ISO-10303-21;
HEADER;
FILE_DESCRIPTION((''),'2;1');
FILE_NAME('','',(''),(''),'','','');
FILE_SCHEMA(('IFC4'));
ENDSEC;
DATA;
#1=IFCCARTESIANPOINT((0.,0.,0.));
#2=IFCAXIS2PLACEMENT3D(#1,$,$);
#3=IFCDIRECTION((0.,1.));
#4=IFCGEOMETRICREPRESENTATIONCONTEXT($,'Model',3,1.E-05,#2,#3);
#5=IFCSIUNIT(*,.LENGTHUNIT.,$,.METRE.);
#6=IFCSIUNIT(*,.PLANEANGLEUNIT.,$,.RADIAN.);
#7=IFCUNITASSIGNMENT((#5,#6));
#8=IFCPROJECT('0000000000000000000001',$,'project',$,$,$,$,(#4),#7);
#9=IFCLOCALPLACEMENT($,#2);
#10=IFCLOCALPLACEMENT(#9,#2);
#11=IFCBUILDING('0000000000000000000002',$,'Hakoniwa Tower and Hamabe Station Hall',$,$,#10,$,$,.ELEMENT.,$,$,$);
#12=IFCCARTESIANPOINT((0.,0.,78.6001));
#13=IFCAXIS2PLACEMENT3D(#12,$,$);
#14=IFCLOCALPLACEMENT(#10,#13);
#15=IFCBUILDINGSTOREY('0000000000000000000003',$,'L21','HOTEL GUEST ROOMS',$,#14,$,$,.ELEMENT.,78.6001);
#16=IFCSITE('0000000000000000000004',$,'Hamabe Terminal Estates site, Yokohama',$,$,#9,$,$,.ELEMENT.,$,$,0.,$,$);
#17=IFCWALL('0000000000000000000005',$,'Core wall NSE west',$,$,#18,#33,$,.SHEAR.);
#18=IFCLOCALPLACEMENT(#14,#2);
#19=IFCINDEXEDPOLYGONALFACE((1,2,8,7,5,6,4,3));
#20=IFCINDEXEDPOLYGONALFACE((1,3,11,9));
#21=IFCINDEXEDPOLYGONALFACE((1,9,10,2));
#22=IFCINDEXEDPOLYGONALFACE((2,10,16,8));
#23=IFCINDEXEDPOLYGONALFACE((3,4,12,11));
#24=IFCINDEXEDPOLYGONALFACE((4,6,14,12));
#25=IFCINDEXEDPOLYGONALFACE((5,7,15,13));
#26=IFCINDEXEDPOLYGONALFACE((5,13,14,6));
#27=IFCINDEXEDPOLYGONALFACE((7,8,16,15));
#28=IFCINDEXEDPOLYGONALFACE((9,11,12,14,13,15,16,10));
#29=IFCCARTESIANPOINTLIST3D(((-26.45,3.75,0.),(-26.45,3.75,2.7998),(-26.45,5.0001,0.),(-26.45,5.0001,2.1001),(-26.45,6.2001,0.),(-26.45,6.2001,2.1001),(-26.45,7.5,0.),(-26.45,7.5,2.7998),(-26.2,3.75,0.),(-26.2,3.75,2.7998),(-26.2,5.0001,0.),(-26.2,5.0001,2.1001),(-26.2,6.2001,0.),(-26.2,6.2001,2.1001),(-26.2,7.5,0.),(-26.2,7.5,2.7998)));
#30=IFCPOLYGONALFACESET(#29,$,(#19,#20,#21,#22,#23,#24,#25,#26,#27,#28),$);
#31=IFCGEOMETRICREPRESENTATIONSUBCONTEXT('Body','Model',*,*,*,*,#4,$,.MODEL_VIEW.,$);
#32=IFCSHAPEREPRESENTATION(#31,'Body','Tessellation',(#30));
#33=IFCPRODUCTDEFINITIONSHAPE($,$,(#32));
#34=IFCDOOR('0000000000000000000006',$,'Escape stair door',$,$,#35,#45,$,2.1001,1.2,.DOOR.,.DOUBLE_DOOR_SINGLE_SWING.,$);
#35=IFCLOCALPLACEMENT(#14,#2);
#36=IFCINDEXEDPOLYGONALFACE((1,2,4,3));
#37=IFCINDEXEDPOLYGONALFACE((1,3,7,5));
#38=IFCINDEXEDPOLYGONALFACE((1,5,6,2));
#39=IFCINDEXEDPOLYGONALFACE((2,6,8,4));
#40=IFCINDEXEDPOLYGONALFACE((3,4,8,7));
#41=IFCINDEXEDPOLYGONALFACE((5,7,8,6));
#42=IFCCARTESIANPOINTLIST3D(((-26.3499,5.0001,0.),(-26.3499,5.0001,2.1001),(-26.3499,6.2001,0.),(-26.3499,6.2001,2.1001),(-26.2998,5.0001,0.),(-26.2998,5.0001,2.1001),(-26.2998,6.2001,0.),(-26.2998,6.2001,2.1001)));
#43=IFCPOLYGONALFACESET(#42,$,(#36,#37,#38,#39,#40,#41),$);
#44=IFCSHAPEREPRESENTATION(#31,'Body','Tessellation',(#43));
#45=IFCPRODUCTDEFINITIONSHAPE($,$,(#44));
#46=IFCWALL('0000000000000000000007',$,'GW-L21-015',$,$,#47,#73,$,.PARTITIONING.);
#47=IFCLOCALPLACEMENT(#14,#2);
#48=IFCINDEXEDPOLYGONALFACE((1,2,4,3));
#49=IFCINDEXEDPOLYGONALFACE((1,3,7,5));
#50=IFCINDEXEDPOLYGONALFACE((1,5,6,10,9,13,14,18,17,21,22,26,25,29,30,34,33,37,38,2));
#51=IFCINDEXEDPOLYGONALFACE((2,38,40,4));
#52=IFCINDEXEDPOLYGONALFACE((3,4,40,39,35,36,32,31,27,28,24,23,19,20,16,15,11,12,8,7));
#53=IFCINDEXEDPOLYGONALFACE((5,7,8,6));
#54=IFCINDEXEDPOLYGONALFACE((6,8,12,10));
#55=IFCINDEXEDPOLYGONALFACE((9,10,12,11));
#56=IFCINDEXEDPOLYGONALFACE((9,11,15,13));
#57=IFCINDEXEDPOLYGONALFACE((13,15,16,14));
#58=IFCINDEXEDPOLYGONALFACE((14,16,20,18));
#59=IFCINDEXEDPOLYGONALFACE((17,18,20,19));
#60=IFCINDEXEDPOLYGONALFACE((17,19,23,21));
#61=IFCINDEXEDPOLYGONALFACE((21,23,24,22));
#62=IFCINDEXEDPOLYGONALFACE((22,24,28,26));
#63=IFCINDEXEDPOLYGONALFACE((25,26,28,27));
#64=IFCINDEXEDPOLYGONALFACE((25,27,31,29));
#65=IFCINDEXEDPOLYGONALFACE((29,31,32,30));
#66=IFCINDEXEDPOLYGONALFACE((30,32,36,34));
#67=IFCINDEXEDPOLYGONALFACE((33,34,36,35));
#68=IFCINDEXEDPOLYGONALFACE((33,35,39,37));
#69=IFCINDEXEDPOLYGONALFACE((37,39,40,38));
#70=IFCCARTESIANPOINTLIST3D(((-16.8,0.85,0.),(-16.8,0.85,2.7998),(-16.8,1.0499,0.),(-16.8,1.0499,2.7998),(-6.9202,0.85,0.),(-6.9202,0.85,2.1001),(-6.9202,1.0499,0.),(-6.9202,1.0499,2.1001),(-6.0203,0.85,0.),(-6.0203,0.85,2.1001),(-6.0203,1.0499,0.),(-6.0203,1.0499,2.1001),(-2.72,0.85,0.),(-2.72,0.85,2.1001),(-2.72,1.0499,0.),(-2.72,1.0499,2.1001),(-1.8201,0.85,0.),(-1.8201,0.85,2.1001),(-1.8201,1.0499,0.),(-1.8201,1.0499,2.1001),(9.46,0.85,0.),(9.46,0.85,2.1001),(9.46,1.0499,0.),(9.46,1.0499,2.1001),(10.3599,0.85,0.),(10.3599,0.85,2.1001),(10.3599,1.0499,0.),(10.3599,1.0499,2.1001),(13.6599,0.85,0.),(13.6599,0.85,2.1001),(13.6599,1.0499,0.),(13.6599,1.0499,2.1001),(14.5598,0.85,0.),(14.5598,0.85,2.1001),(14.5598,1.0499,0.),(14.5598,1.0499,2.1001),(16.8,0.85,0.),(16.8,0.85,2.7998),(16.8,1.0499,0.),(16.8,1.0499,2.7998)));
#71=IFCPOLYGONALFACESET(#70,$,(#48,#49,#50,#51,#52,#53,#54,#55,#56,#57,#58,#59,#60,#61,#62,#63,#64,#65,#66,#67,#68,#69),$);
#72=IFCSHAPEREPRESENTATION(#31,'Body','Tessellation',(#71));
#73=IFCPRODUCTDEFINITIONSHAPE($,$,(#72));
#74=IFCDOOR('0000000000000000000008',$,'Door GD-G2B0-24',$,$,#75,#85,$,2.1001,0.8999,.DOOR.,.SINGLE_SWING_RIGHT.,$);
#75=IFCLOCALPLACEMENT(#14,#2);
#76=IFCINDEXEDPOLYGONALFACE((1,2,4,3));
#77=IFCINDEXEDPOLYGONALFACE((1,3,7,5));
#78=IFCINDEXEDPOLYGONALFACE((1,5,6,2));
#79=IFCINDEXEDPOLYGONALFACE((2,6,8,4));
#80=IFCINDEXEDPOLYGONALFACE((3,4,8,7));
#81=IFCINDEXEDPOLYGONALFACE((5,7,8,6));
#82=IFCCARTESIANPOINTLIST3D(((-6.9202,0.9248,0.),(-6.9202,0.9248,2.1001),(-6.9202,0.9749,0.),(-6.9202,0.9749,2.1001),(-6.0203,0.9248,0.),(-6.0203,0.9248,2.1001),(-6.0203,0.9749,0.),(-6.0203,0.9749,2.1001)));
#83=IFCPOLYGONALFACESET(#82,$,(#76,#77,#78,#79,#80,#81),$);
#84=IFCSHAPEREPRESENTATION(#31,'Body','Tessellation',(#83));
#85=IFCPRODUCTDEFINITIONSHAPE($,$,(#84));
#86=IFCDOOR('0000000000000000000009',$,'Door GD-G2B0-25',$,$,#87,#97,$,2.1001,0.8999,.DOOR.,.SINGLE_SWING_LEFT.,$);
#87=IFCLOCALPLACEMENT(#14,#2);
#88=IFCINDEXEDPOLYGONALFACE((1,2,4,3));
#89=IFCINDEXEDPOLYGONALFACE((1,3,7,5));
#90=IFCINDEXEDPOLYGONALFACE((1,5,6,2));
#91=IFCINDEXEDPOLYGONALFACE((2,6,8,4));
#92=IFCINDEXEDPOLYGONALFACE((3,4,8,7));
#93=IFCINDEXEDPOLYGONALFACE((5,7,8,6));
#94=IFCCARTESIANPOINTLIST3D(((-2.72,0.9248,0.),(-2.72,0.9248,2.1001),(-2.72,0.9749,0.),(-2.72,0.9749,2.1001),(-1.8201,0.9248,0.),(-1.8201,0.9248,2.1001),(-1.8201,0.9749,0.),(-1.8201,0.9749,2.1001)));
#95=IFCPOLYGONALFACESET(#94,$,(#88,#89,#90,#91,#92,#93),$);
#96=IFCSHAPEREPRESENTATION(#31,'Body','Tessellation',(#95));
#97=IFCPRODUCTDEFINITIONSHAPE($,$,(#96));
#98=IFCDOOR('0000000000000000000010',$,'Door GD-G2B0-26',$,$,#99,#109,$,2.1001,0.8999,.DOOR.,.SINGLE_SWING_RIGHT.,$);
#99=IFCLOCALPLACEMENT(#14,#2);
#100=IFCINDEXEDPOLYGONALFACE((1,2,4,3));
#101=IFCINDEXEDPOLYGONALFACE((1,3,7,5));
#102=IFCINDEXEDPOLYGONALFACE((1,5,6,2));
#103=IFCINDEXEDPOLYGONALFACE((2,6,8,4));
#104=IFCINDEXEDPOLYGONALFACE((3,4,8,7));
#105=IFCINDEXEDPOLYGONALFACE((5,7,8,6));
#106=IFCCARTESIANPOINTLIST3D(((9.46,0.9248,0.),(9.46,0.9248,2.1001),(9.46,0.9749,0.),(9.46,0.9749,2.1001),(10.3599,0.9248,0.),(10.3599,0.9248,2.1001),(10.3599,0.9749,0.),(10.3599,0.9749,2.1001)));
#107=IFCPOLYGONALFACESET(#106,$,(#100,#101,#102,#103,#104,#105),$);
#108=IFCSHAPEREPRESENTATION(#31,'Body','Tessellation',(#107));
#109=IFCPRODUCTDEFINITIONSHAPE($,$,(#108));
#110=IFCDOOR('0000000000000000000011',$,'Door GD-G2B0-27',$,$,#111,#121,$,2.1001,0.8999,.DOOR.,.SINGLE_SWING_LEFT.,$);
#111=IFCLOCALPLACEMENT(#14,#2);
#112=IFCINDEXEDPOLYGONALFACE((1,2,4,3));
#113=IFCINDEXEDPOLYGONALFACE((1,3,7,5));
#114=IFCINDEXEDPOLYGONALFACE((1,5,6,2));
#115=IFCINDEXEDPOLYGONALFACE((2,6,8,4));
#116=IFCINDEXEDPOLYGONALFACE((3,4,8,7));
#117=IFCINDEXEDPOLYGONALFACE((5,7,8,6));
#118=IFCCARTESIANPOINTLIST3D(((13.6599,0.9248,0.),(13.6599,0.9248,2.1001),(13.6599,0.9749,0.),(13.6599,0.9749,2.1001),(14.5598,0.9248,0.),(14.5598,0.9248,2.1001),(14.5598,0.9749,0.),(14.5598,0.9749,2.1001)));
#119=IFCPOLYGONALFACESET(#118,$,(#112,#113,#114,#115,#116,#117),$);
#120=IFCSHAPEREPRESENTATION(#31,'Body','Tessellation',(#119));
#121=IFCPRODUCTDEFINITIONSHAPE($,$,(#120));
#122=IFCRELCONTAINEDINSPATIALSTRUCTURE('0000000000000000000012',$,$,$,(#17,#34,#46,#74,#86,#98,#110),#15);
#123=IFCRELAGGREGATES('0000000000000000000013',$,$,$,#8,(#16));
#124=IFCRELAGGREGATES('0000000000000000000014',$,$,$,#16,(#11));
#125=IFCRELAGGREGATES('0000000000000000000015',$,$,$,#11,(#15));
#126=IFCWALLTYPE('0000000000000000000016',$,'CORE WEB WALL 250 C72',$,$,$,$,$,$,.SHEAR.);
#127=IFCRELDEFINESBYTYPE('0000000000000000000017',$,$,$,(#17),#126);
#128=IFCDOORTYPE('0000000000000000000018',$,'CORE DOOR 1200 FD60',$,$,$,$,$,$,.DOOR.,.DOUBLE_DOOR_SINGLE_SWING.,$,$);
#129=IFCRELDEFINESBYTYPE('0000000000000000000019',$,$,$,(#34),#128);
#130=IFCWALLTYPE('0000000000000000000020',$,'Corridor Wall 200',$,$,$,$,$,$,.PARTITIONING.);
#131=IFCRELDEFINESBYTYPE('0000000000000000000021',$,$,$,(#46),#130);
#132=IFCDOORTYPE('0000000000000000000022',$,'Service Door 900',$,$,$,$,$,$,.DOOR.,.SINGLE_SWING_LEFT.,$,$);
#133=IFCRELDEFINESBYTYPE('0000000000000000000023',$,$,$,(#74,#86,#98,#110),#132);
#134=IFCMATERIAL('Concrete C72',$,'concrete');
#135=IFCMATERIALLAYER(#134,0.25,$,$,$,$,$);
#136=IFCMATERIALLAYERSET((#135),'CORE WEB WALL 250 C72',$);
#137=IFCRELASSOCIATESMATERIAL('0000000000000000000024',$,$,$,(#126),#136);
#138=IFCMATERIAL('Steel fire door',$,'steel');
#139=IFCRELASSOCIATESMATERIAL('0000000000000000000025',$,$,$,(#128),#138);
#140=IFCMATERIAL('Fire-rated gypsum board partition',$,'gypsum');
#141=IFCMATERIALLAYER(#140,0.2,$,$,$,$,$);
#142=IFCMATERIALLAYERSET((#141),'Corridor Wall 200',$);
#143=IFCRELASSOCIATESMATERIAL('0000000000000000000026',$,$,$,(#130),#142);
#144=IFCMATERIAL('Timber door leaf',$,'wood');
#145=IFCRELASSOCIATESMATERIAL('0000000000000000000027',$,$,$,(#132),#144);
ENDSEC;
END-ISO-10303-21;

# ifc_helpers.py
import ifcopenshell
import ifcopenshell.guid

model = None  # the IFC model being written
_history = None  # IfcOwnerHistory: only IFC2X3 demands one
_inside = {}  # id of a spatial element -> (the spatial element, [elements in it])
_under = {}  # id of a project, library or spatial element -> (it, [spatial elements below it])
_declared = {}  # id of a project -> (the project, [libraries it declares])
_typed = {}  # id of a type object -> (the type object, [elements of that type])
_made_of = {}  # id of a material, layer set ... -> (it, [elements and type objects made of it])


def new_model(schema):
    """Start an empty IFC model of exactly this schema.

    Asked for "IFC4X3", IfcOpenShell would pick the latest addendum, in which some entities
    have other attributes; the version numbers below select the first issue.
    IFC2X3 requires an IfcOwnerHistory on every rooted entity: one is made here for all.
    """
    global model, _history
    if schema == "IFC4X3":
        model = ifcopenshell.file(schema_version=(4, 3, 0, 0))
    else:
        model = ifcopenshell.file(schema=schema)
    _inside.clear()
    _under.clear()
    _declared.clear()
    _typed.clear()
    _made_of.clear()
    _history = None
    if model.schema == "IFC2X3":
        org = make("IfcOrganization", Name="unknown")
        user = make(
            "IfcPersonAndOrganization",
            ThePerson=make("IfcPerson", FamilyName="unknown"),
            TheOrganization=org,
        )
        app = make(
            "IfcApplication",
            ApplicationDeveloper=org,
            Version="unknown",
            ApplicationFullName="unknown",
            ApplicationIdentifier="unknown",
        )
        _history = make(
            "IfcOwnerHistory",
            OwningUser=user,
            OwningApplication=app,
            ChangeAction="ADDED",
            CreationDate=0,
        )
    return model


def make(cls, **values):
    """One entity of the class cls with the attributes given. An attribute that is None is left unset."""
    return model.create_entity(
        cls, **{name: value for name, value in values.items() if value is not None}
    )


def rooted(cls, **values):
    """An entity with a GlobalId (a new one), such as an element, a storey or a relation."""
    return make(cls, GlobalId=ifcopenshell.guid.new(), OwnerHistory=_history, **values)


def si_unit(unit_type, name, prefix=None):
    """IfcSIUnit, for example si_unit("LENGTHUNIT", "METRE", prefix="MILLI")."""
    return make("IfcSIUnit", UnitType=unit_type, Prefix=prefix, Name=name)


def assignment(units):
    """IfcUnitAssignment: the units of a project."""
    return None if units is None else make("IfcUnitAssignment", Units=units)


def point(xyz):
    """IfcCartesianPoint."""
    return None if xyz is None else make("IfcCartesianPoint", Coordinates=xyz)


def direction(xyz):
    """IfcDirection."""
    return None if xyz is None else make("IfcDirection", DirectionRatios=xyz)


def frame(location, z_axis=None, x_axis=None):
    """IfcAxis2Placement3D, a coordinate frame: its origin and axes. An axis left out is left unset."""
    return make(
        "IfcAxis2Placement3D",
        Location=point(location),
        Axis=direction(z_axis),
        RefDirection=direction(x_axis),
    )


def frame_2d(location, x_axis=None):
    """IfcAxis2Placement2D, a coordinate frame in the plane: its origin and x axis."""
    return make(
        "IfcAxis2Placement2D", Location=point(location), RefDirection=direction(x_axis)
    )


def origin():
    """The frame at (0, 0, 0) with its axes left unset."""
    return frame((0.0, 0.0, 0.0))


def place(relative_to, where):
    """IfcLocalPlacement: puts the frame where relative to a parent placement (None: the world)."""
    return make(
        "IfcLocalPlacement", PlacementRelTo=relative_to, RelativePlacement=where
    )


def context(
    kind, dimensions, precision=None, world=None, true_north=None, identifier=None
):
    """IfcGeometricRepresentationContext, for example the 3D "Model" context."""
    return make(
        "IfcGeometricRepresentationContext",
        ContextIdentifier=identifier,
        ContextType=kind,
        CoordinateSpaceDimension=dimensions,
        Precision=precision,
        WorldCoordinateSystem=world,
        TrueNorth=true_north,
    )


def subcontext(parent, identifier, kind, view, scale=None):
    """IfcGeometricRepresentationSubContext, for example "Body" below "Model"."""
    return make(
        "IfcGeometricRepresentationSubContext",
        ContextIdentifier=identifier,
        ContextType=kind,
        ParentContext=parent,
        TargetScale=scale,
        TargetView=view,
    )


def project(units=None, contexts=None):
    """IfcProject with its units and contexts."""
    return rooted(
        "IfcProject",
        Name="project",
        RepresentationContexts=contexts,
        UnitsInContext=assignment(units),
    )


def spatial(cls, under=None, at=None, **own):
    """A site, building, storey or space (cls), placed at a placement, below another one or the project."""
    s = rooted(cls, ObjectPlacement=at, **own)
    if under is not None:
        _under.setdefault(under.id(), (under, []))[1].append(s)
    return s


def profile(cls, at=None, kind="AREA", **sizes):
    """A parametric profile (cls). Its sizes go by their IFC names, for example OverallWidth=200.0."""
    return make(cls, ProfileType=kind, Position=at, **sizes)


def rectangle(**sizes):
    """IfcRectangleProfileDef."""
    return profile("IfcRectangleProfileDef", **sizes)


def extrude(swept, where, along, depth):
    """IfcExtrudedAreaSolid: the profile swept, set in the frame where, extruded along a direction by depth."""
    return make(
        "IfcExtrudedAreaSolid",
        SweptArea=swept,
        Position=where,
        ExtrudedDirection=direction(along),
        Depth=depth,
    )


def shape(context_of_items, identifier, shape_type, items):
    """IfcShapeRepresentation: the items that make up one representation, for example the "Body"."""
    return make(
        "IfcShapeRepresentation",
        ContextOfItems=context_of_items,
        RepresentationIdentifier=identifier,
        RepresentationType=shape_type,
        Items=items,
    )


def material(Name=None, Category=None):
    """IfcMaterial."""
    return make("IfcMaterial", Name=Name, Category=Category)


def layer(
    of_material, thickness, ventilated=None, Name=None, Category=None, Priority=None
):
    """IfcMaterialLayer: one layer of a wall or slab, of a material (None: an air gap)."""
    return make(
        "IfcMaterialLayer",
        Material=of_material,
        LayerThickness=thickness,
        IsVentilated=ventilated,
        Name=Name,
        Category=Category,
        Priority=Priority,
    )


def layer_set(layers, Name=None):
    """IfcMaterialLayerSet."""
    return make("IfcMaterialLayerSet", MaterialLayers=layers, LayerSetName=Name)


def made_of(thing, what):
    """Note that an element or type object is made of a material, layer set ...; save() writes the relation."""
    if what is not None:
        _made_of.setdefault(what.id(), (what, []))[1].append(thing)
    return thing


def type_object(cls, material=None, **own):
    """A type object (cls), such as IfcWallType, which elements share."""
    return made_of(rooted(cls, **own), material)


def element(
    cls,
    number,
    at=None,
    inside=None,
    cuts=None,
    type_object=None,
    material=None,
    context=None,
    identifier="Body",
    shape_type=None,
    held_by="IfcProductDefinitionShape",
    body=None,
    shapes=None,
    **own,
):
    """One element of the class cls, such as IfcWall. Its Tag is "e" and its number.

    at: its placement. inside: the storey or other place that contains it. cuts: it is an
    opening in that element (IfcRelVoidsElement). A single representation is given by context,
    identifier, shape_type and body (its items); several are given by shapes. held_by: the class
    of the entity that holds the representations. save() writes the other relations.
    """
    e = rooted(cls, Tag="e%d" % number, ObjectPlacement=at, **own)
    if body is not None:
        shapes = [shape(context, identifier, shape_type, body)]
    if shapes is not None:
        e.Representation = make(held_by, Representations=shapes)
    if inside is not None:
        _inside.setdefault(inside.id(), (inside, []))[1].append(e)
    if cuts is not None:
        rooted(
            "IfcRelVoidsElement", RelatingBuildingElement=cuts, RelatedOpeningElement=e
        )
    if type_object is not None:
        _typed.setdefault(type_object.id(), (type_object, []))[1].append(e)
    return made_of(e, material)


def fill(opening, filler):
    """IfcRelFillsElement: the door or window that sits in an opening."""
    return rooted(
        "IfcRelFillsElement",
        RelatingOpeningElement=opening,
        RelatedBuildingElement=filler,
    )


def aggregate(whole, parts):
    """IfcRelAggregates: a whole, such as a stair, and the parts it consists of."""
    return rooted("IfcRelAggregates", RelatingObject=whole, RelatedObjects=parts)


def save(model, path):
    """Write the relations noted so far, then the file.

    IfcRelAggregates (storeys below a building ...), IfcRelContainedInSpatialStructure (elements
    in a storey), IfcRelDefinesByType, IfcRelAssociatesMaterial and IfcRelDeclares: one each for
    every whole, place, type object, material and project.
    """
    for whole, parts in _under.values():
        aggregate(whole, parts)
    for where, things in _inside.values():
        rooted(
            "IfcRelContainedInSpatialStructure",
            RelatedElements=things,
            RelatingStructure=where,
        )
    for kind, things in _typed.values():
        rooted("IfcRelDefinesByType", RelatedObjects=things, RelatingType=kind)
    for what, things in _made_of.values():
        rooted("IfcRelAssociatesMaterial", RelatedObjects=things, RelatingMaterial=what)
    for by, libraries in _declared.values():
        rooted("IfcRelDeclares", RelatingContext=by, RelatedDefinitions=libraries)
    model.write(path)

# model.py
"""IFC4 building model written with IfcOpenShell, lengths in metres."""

from ifc_helpers import new_model, si_unit, direction, frame, frame_2d, origin, place, context, subcontext, project, spatial, rectangle, extrude, material, layer, layer_set, type_object, element, fill, save


model = new_model("IFC4")

# Units and contexts
model_context = context("Model", 3, precision=1e-05, world=origin(), true_north=direction((0.0, 1.0)))
body_context = subcontext(model_context, "Body", "Model", "MODEL_VIEW")
ifc_project = project(units=[si_unit("LENGTHUNIT", "METRE"), si_unit("PLANEANGLEUNIT", "RADIAN")], contexts=[model_context])

# Site, building, storey
site_placement = place(None, origin())
site = spatial("IfcSite", under=ifc_project, at=site_placement, Name="Hamabe Terminal Estates site, Yokohama", CompositionType="ELEMENT", RefElevation=0.0)
building_placement = place(site_placement, origin())
building = spatial("IfcBuilding", under=site, at=building_placement, Name="Hakoniwa Tower and Hamabe Station Hall", CompositionType="ELEMENT")
storey_placement = place(building_placement, frame((0.0, 0.0, 78.6001)))
storey = spatial("IfcBuildingStorey", under=building, at=storey_placement, Name="L21", Description="HOTEL GUEST ROOMS", CompositionType="ELEMENT", Elevation=78.6001)

# Shared definitions
ifc_material_1 = material(Name="Concrete C72", Category="concrete")
ifc_layer_1 = layer(ifc_material_1, 0.25)
ifc_layer_set_1 = layer_set([ifc_layer_1], Name="CORE WEB WALL 250 C72")
wall_type_1 = type_object("IfcWallType", Name="CORE WEB WALL 250 C72", PredefinedType="SHEAR", material=ifc_layer_set_1)

# Wall, opening, door
wall_1_placement = place(storey_placement, frame((-26.325, 3.75, 0.0), z_axis=(0.0, 0.0, 1.0), x_axis=(0.0, 1.0, 0.0)))
wall_1 = element("IfcWall", 1, at=wall_1_placement, inside=storey, type_object=wall_type_1, Name="Core wall NSE west", PredefinedType="SHEAR", context=body_context, shape_type="SweptSolid", body=[
    extrude(rectangle(XDim=3.75, YDim=0.25, at=frame_2d((1.875, 0.0))), origin(), (0.0, 0.0, 1.0), 2.7998),
])
opening_1_placement = place(wall_1_placement, frame((1.25, 0.0, 0.0)))
opening_1 = element("IfcOpeningElement", 2, at=opening_1_placement, cuts=wall_1, PredefinedType="OPENING", context=body_context, shape_type="SweptSolid", body=[
    extrude(rectangle(XDim=1.2, YDim=2.1001, at=frame_2d((0.6001, 1.05))), frame((0.0, 0.135, 0.0), z_axis=(0.0, -1.0, 0.0), x_axis=(1.0, 0.0, 0.0)), (0.0, 0.0, 1.0), 0.27),
])
ifc_material_2 = material(Name="Steel fire door", Category="steel")
door_type_1 = type_object("IfcDoorType", Name="CORE DOOR 1200 FD60", OperationType="DOUBLE_DOOR_SINGLE_SWING", PredefinedType="DOOR", material=ifc_material_2)
door_1_placement = place(opening_1_placement, origin())
door_1 = element("IfcDoor", 3, at=door_1_placement, inside=storey, type_object=door_type_1, Name="Escape stair door", OperationType="DOUBLE_DOOR_SINGLE_SWING", OverallHeight=2.1001, OverallWidth=1.2, PredefinedType="DOOR", context=body_context, shape_type="SweptSolid", body=[
    extrude(rectangle(XDim=1.2, YDim=2.1001, at=frame_2d((0.6001, 1.05))), frame((0.0, 0.0249, 0.0), z_axis=(0.0, -1.0, 0.0), x_axis=(1.0, 0.0, 0.0)), (0.0, 0.0, 1.0), 0.05),
])
fill(opening_1, door_1)

# Wall, openings, doors
ifc_material_3 = material(Name="Fire-rated gypsum board partition", Category="gypsum")
ifc_layer_2 = layer(ifc_material_3, 0.2)
ifc_layer_set_2 = layer_set([ifc_layer_2], Name="Corridor Wall 200")
wall_type_2 = type_object("IfcWallType", Name="Corridor Wall 200", PredefinedType="PARTITIONING", material=ifc_layer_set_2)
wall_2_placement = place(storey_placement, frame((-16.8, 0.95, 0.0), z_axis=(0.0, 0.0, 1.0), x_axis=(1.0, 0.0, 0.0)))
wall_2 = element("IfcWall", 4, at=wall_2_placement, inside=storey, type_object=wall_type_2, Name="GW-L21-015", PredefinedType="PARTITIONING", context=body_context, shape_type="SweptSolid", body=[
    extrude(rectangle(XDim=33.6001, YDim=0.2, at=frame_2d((16.8, 0.0))), origin(), (0.0, 0.0, 1.0), 2.7998),
])
opening_2_placement = place(wall_2_placement, frame((9.8799, 0.0, 0.0)))
opening_2 = element("IfcOpeningElement", 5, at=opening_2_placement, cuts=wall_2, PredefinedType="OPENING", context=body_context, shape_type="SweptSolid", body=[
    extrude(rectangle(XDim=0.8999, YDim=2.1001, at=frame_2d((0.45, 1.05))), frame((0.0, 0.1099, 0.0), z_axis=(0.0, -1.0, 0.0), x_axis=(1.0, 0.0, 0.0)), (0.0, 0.0, 1.0), 0.22),
])
opening_3_placement = place(wall_2_placement, frame((14.0801, 0.0, 0.0)))
opening_3 = element("IfcOpeningElement", 6, at=opening_3_placement, cuts=wall_2, PredefinedType="OPENING", context=body_context, shape_type="SweptSolid", body=[
    extrude(rectangle(XDim=0.8999, YDim=2.1001, at=frame_2d((0.45, 1.05))), frame((0.0, 0.1099, 0.0), z_axis=(0.0, -1.0, 0.0), x_axis=(1.0, 0.0, 0.0)), (0.0, 0.0, 1.0), 0.22),
])
opening_4_placement = place(wall_2_placement, frame((26.26, 0.0, 0.0)))
opening_4 = element("IfcOpeningElement", 7, at=opening_4_placement, cuts=wall_2, PredefinedType="OPENING", context=body_context, shape_type="SweptSolid", body=[
    extrude(rectangle(XDim=0.8999, YDim=2.1001, at=frame_2d((0.45, 1.05))), frame((0.0, 0.1099, 0.0), z_axis=(0.0, -1.0, 0.0), x_axis=(1.0, 0.0, 0.0)), (0.0, 0.0, 1.0), 0.22),
])
opening_5_placement = place(wall_2_placement, frame((30.46, 0.0, 0.0)))
opening_5 = element("IfcOpeningElement", 8, at=opening_5_placement, cuts=wall_2, PredefinedType="OPENING", context=body_context, shape_type="SweptSolid", body=[
    extrude(rectangle(XDim=0.8999, YDim=2.1001, at=frame_2d((0.45, 1.05))), frame((0.0, 0.1099, 0.0), z_axis=(0.0, -1.0, 0.0), x_axis=(1.0, 0.0, 0.0)), (0.0, 0.0, 1.0), 0.22),
])
ifc_material_4 = material(Name="Timber door leaf", Category="wood")
door_type_2 = type_object("IfcDoorType", Name="Service Door 900", OperationType="SINGLE_SWING_LEFT", PredefinedType="DOOR", material=ifc_material_4)
door_2_placement = place(opening_2_placement, origin())
door_2 = element("IfcDoor", 9, at=door_2_placement, inside=storey, type_object=door_type_2, Name="Door GD-G2B0-24", OperationType="SINGLE_SWING_RIGHT", OverallHeight=2.1001, OverallWidth=0.8999, PredefinedType="DOOR", context=body_context, shape_type="SweptSolid", body=[
    extrude(rectangle(XDim=0.8999, YDim=2.1001, at=frame_2d((0.45, 1.05))), frame((0.0, 0.0249, 0.0), z_axis=(0.0, -1.0, 0.0), x_axis=(1.0, 0.0, 0.0)), (0.0, 0.0, 1.0), 0.05),
])
fill(opening_2, door_2)
door_3_placement = place(opening_3_placement, origin())
door_3 = element("IfcDoor", 10, at=door_3_placement, inside=storey, type_object=door_type_2, Name="Door GD-G2B0-25", OperationType="SINGLE_SWING_LEFT", OverallHeight=2.1001, OverallWidth=0.8999, PredefinedType="DOOR", context=body_context, shape_type="SweptSolid", body=[
    extrude(rectangle(XDim=0.8999, YDim=2.1001, at=frame_2d((0.45, 1.05))), frame((0.0, 0.0249, 0.0), z_axis=(0.0, -1.0, 0.0), x_axis=(1.0, 0.0, 0.0)), (0.0, 0.0, 1.0), 0.05),
])
fill(opening_3, door_3)
door_4_placement = place(opening_4_placement, origin())
door_4 = element("IfcDoor", 11, at=door_4_placement, inside=storey, type_object=door_type_2, Name="Door GD-G2B0-26", OperationType="SINGLE_SWING_RIGHT", OverallHeight=2.1001, OverallWidth=0.8999, PredefinedType="DOOR", context=body_context, shape_type="SweptSolid", body=[
    extrude(rectangle(XDim=0.8999, YDim=2.1001, at=frame_2d((0.45, 1.05))), frame((0.0, 0.0249, 0.0), z_axis=(0.0, -1.0, 0.0), x_axis=(1.0, 0.0, 0.0)), (0.0, 0.0, 1.0), 0.05),
])
fill(opening_4, door_4)
door_5_placement = place(opening_5_placement, origin())
door_5 = element("IfcDoor", 12, at=door_5_placement, inside=storey, type_object=door_type_2, Name="Door GD-G2B0-27", OperationType="SINGLE_SWING_LEFT", OverallHeight=2.1001, OverallWidth=0.8999, PredefinedType="DOOR", context=body_context, shape_type="SweptSolid", body=[
    extrude(rectangle(XDim=0.8999, YDim=2.1001, at=frame_2d((0.45, 1.05))), frame((0.0, 0.0249, 0.0), z_axis=(0.0, -1.0, 0.0), x_axis=(1.0, 0.0, 0.0)), (0.0, 0.0, 1.0), 0.05),
])
fill(opening_5, door_5)

save(model, "model.ifc")
